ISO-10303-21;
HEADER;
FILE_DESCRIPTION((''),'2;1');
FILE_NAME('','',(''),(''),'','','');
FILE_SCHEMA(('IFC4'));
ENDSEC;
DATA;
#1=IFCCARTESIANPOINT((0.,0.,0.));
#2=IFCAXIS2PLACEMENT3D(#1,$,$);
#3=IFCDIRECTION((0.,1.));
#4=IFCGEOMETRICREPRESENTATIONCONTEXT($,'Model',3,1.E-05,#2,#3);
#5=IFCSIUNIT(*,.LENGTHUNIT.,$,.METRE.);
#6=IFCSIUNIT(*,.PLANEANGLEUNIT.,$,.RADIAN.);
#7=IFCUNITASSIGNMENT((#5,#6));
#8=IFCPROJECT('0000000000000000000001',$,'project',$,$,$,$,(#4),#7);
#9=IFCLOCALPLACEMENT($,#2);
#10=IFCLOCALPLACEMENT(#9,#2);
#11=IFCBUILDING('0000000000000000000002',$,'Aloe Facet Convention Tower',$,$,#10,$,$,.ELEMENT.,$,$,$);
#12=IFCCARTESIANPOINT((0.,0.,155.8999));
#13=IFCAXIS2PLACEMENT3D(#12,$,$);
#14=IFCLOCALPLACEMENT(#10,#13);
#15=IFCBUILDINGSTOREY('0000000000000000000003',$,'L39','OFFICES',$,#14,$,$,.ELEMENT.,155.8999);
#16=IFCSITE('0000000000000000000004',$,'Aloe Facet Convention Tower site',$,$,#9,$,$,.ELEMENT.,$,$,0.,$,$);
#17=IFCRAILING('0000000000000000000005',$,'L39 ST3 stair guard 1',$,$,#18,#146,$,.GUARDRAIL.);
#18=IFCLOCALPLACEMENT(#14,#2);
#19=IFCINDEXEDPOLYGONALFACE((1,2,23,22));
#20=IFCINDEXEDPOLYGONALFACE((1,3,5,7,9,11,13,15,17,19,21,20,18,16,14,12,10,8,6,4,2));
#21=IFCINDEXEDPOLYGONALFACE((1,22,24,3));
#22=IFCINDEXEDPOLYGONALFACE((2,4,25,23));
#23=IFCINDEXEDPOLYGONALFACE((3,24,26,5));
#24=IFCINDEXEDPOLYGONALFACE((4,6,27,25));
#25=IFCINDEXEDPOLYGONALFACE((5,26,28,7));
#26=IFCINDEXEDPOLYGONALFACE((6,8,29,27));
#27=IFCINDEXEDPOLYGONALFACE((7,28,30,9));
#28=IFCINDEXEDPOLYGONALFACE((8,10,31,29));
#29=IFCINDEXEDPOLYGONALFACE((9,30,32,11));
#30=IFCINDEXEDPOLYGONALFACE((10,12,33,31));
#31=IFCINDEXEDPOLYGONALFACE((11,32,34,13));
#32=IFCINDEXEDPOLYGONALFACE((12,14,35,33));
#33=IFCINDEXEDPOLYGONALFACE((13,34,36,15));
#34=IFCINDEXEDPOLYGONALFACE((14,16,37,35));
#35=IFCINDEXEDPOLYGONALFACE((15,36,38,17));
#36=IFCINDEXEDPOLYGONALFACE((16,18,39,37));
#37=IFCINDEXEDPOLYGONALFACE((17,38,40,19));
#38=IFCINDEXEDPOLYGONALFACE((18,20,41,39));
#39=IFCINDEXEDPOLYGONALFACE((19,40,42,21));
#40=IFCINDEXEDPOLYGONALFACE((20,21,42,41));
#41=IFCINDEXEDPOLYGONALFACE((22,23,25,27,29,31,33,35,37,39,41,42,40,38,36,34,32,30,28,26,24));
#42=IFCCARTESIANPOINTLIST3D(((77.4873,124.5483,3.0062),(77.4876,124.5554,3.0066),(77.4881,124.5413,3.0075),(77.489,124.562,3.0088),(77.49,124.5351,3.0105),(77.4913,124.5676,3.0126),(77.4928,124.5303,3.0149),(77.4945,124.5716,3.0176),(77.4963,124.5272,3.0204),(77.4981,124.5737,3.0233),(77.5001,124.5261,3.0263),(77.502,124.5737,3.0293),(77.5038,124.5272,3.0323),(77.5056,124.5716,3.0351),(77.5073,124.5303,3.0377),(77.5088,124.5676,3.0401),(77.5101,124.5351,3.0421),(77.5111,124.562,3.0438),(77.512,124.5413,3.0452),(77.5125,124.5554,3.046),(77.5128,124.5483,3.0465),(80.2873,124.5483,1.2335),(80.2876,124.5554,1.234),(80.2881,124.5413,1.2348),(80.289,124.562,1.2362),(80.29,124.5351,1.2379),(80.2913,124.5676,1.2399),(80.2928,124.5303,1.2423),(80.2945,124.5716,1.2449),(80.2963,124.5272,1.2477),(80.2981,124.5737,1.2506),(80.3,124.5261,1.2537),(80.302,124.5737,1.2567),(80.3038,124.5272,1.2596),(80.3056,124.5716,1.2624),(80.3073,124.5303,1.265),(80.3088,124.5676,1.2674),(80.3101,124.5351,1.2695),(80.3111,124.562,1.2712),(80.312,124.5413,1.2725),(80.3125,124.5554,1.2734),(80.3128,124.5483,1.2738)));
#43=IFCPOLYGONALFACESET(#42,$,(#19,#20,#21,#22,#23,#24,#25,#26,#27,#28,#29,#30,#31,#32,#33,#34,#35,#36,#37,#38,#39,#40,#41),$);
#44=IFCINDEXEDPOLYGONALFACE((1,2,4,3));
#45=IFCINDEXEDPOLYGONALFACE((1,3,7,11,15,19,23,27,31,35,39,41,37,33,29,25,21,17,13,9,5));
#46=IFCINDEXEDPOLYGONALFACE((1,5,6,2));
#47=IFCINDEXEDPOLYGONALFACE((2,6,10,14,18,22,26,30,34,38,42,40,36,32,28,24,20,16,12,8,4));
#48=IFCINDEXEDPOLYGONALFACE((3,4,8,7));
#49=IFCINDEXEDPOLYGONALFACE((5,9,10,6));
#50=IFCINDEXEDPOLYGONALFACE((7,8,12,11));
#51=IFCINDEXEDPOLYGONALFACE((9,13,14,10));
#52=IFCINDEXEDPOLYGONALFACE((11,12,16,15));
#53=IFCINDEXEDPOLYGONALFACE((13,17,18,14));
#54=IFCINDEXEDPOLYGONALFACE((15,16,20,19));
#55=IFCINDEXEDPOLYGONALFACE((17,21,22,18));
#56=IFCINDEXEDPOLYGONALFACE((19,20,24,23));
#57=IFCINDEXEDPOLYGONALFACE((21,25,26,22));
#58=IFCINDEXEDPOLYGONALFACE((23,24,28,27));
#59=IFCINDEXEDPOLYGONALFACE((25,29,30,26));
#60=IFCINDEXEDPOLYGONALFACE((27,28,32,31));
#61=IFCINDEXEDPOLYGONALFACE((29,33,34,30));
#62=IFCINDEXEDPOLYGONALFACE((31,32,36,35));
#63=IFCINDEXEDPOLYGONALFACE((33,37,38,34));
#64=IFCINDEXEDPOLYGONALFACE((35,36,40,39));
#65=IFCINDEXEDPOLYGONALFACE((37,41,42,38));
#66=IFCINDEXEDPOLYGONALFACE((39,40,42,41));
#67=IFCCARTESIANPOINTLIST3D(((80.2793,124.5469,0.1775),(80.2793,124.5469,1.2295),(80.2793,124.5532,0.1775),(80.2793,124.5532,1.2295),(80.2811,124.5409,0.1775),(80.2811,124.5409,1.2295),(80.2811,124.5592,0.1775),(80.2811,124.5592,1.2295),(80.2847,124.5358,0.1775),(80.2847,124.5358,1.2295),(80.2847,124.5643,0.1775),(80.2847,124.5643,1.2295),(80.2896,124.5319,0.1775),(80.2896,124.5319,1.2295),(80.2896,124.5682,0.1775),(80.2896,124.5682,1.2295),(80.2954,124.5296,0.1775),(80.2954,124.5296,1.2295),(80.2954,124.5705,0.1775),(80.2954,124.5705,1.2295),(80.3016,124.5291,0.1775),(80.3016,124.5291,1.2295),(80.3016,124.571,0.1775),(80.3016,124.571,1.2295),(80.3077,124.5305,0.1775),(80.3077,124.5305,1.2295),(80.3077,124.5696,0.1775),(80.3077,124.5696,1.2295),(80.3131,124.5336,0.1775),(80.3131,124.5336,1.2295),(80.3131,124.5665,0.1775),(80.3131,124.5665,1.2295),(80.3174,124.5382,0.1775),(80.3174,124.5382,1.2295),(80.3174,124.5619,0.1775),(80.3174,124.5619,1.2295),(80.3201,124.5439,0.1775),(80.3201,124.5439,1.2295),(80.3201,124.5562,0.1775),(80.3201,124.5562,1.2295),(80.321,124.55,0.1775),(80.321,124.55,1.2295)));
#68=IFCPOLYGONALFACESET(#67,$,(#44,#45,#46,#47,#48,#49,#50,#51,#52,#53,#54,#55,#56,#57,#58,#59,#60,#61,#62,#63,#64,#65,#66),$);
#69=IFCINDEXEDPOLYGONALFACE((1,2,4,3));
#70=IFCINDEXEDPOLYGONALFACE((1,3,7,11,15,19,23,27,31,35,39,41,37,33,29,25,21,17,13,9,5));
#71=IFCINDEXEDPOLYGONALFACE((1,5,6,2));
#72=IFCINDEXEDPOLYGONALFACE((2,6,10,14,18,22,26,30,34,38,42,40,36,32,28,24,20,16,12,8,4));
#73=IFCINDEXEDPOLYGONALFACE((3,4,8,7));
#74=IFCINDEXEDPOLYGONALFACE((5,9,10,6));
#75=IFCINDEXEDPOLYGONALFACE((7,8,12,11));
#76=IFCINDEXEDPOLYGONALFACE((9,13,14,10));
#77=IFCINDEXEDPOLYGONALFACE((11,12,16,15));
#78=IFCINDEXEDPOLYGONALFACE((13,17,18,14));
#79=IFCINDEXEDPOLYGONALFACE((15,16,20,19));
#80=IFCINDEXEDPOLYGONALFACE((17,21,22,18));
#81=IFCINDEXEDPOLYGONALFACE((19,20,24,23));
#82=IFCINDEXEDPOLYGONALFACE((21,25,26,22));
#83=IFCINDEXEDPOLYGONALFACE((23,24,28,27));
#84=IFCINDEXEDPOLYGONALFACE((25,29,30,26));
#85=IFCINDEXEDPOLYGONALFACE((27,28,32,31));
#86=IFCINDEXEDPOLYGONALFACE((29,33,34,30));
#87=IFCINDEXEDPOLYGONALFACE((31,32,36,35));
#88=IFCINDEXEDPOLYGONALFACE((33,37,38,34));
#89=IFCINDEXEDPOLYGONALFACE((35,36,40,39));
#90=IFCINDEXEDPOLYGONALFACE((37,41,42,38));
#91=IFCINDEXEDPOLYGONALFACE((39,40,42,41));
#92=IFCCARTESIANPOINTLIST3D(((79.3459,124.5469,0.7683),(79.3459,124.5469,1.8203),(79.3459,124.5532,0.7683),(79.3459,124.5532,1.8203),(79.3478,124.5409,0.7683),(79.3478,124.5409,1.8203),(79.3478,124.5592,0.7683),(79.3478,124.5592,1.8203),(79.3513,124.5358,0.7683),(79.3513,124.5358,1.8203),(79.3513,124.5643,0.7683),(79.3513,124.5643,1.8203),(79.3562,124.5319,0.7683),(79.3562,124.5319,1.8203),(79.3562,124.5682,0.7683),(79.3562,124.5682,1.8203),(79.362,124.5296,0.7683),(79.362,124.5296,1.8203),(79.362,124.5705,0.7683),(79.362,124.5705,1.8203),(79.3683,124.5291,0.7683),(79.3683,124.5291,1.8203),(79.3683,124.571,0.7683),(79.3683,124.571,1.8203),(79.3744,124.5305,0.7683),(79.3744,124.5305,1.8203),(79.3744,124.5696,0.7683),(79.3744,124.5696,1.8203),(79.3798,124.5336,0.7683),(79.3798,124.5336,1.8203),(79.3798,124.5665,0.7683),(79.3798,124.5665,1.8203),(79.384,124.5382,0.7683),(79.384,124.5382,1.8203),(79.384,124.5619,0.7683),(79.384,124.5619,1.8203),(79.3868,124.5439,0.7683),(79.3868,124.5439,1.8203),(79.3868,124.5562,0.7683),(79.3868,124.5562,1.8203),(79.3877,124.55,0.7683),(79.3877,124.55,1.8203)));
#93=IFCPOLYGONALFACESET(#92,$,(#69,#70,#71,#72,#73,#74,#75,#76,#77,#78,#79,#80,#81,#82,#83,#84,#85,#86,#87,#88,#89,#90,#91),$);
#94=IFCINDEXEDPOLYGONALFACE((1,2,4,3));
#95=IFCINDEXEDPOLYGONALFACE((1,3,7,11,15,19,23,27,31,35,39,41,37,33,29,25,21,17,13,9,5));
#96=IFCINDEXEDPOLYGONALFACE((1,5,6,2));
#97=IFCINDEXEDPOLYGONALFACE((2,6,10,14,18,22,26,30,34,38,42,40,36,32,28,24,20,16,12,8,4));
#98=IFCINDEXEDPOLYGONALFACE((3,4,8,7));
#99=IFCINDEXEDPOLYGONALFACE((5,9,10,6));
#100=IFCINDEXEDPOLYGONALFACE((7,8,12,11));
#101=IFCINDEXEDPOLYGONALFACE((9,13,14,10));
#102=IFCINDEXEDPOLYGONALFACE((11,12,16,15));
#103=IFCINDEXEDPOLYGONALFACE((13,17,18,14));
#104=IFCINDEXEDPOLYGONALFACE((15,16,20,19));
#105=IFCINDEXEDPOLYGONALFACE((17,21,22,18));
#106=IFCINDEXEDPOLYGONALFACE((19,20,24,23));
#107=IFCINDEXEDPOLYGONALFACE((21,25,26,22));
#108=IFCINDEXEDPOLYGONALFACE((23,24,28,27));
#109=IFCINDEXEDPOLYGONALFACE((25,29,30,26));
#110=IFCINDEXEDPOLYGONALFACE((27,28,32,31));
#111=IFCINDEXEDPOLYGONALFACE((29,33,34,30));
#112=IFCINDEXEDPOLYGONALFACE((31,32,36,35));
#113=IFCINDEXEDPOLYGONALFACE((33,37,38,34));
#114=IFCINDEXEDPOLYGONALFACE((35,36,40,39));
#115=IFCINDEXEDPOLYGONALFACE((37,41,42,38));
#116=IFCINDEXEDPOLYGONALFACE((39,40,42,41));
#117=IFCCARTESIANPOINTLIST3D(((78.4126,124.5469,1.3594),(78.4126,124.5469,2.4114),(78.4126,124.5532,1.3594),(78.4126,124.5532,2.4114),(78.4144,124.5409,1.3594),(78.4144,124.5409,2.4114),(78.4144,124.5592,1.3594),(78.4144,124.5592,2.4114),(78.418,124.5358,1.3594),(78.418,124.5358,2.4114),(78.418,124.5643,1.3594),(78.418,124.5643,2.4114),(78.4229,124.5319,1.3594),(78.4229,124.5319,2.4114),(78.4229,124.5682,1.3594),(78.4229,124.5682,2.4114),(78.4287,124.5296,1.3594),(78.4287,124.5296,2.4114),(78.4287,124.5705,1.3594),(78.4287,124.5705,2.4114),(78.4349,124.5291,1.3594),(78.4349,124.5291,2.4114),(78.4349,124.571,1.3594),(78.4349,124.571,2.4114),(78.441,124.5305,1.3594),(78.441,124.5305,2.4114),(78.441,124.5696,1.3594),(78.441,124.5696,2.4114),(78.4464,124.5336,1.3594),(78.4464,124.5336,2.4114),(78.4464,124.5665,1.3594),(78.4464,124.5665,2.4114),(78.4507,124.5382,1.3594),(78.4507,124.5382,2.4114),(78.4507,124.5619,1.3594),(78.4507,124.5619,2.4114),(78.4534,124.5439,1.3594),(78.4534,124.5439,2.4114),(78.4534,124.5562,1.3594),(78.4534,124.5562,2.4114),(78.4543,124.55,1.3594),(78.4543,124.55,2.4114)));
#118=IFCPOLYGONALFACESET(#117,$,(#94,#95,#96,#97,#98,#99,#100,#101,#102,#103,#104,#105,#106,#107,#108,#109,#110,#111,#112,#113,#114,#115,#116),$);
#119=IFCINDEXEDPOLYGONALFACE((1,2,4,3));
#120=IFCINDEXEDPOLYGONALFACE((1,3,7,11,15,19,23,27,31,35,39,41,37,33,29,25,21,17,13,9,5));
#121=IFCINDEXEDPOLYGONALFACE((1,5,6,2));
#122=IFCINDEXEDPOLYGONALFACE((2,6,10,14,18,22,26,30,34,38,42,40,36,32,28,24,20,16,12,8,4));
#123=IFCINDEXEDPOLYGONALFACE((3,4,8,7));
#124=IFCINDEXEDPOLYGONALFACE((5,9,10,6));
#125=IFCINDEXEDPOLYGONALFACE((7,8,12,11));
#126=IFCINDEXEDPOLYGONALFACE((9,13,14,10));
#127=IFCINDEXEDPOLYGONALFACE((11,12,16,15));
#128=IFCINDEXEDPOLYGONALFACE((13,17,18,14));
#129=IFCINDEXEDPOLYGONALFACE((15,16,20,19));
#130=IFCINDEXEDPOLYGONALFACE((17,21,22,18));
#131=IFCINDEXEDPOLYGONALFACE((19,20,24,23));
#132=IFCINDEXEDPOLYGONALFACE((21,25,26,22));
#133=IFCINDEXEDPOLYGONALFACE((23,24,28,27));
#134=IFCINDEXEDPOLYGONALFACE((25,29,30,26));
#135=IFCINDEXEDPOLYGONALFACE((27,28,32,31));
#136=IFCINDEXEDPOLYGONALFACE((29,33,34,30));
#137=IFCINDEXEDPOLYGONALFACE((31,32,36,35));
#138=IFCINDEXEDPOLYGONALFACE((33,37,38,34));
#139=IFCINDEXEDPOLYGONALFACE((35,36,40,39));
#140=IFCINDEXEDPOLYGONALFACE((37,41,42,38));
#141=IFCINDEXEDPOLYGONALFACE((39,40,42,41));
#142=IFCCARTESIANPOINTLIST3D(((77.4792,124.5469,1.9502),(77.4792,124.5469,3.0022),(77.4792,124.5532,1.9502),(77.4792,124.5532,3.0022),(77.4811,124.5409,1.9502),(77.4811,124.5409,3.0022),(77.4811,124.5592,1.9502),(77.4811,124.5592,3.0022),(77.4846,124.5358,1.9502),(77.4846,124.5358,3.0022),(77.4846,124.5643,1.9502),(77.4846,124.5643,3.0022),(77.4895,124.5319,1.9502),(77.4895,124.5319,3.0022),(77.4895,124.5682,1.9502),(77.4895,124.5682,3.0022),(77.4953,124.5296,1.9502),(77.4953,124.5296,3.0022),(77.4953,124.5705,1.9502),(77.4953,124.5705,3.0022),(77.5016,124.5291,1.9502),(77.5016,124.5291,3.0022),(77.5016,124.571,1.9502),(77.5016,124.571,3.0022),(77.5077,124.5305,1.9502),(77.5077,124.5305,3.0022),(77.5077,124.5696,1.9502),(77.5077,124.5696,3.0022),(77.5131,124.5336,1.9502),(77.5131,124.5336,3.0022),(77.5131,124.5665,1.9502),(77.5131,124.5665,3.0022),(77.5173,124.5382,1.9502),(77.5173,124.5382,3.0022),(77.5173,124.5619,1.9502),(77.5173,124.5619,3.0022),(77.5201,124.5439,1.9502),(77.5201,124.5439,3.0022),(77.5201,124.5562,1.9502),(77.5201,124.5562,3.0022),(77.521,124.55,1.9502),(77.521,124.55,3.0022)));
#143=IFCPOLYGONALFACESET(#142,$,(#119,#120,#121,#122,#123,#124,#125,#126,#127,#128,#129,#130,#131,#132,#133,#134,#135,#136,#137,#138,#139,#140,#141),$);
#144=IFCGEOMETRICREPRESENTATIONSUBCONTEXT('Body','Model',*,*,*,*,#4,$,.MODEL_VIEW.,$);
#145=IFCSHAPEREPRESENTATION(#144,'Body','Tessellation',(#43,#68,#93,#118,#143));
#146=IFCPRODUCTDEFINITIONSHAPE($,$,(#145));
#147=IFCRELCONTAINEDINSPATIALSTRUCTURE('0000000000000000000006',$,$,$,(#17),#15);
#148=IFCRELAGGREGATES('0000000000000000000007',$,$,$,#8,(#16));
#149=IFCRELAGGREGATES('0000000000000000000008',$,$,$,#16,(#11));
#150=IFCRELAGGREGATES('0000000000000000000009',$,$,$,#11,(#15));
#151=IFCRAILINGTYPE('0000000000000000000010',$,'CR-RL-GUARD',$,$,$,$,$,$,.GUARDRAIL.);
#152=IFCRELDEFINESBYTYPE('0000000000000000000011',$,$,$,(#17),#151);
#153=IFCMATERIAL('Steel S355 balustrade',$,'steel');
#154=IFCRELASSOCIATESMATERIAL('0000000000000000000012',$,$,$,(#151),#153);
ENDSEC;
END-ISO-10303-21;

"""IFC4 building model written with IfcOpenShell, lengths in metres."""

from ifc_helpers import new_model, si_unit, direction, frame, origin, origin_2d, place, context, subcontext, project, spatial, circle, extrude, material, type_object, element, save


model = new_model("IFC4")

# Units and contexts
model_context = context("Model", 3, precision=1e-05, world=origin(), true_north=direction((0.0, 1.0)))
body_context = subcontext(model_context, "Body", "Model", "MODEL_VIEW")
ifc_project = project(units=[si_unit("LENGTHUNIT", "METRE"), si_unit("PLANEANGLEUNIT", "RADIAN")], contexts=[model_context])

# Site, building, storey
site_placement = place(None, origin())
site = spatial("IfcSite", under=ifc_project, at=site_placement, Name="Aloe Facet Convention Tower site", CompositionType="ELEMENT", RefElevation=0.0)
building_placement = place(site_placement, origin())
building = spatial("IfcBuilding", under=site, at=building_placement, Name="Aloe Facet Convention Tower", CompositionType="ELEMENT")
storey_placement = place(building_placement, frame((0.0, 0.0, 155.8999)))
storey = spatial("IfcBuildingStorey", under=building, at=storey_placement, Name="L39", Description="OFFICES", CompositionType="ELEMENT", Elevation=155.8999)

# Railing
ifc_material_1 = material(Name="Steel S355 balustrade", Category="steel")
railing_type_1 = type_object("IfcRailingType", Name="CR-RL-GUARD", PredefinedType="GUARDRAIL", material=ifc_material_1)
railing_1_placement = place(storey_placement, frame((80.3, 124.55, 0.1775)))
element("IfcRailing", 1, at=railing_1_placement, inside=storey, type_object=railing_type_1, Name="L39 ST3 stair guard 1", PredefinedType="GUARDRAIL", context=body_context, shape_type="SweptSolid", body=[
    extrude(circle(Radius=0.0239, at=origin_2d()), frame((0.0, 0.0, 1.0762), z_axis=(-0.844909, 0.0, 0.53491), x_axis=(0.0, -1.0, 0.0)), (0.0, 0.0, 1.0), 3.314),
    extrude(circle(Radius=0.021, at=origin_2d()), origin(), (0.0, 0.0, 1.0), 1.052),
    extrude(circle(Radius=0.021, at=origin_2d()), frame((-0.9333, 0.0, 0.5908)), (0.0, 0.0, 1.0), 1.052),
    extrude(circle(Radius=0.021, at=origin_2d()), frame((-1.8667, 0.0, 1.1819)), (0.0, 0.0, 1.0), 1.052),
    extrude(circle(Radius=0.021, at=origin_2d()), frame((-2.8, 0.0, 1.7727)), (0.0, 0.0, 1.0), 1.052),
])

save(model, "model.ifc")
